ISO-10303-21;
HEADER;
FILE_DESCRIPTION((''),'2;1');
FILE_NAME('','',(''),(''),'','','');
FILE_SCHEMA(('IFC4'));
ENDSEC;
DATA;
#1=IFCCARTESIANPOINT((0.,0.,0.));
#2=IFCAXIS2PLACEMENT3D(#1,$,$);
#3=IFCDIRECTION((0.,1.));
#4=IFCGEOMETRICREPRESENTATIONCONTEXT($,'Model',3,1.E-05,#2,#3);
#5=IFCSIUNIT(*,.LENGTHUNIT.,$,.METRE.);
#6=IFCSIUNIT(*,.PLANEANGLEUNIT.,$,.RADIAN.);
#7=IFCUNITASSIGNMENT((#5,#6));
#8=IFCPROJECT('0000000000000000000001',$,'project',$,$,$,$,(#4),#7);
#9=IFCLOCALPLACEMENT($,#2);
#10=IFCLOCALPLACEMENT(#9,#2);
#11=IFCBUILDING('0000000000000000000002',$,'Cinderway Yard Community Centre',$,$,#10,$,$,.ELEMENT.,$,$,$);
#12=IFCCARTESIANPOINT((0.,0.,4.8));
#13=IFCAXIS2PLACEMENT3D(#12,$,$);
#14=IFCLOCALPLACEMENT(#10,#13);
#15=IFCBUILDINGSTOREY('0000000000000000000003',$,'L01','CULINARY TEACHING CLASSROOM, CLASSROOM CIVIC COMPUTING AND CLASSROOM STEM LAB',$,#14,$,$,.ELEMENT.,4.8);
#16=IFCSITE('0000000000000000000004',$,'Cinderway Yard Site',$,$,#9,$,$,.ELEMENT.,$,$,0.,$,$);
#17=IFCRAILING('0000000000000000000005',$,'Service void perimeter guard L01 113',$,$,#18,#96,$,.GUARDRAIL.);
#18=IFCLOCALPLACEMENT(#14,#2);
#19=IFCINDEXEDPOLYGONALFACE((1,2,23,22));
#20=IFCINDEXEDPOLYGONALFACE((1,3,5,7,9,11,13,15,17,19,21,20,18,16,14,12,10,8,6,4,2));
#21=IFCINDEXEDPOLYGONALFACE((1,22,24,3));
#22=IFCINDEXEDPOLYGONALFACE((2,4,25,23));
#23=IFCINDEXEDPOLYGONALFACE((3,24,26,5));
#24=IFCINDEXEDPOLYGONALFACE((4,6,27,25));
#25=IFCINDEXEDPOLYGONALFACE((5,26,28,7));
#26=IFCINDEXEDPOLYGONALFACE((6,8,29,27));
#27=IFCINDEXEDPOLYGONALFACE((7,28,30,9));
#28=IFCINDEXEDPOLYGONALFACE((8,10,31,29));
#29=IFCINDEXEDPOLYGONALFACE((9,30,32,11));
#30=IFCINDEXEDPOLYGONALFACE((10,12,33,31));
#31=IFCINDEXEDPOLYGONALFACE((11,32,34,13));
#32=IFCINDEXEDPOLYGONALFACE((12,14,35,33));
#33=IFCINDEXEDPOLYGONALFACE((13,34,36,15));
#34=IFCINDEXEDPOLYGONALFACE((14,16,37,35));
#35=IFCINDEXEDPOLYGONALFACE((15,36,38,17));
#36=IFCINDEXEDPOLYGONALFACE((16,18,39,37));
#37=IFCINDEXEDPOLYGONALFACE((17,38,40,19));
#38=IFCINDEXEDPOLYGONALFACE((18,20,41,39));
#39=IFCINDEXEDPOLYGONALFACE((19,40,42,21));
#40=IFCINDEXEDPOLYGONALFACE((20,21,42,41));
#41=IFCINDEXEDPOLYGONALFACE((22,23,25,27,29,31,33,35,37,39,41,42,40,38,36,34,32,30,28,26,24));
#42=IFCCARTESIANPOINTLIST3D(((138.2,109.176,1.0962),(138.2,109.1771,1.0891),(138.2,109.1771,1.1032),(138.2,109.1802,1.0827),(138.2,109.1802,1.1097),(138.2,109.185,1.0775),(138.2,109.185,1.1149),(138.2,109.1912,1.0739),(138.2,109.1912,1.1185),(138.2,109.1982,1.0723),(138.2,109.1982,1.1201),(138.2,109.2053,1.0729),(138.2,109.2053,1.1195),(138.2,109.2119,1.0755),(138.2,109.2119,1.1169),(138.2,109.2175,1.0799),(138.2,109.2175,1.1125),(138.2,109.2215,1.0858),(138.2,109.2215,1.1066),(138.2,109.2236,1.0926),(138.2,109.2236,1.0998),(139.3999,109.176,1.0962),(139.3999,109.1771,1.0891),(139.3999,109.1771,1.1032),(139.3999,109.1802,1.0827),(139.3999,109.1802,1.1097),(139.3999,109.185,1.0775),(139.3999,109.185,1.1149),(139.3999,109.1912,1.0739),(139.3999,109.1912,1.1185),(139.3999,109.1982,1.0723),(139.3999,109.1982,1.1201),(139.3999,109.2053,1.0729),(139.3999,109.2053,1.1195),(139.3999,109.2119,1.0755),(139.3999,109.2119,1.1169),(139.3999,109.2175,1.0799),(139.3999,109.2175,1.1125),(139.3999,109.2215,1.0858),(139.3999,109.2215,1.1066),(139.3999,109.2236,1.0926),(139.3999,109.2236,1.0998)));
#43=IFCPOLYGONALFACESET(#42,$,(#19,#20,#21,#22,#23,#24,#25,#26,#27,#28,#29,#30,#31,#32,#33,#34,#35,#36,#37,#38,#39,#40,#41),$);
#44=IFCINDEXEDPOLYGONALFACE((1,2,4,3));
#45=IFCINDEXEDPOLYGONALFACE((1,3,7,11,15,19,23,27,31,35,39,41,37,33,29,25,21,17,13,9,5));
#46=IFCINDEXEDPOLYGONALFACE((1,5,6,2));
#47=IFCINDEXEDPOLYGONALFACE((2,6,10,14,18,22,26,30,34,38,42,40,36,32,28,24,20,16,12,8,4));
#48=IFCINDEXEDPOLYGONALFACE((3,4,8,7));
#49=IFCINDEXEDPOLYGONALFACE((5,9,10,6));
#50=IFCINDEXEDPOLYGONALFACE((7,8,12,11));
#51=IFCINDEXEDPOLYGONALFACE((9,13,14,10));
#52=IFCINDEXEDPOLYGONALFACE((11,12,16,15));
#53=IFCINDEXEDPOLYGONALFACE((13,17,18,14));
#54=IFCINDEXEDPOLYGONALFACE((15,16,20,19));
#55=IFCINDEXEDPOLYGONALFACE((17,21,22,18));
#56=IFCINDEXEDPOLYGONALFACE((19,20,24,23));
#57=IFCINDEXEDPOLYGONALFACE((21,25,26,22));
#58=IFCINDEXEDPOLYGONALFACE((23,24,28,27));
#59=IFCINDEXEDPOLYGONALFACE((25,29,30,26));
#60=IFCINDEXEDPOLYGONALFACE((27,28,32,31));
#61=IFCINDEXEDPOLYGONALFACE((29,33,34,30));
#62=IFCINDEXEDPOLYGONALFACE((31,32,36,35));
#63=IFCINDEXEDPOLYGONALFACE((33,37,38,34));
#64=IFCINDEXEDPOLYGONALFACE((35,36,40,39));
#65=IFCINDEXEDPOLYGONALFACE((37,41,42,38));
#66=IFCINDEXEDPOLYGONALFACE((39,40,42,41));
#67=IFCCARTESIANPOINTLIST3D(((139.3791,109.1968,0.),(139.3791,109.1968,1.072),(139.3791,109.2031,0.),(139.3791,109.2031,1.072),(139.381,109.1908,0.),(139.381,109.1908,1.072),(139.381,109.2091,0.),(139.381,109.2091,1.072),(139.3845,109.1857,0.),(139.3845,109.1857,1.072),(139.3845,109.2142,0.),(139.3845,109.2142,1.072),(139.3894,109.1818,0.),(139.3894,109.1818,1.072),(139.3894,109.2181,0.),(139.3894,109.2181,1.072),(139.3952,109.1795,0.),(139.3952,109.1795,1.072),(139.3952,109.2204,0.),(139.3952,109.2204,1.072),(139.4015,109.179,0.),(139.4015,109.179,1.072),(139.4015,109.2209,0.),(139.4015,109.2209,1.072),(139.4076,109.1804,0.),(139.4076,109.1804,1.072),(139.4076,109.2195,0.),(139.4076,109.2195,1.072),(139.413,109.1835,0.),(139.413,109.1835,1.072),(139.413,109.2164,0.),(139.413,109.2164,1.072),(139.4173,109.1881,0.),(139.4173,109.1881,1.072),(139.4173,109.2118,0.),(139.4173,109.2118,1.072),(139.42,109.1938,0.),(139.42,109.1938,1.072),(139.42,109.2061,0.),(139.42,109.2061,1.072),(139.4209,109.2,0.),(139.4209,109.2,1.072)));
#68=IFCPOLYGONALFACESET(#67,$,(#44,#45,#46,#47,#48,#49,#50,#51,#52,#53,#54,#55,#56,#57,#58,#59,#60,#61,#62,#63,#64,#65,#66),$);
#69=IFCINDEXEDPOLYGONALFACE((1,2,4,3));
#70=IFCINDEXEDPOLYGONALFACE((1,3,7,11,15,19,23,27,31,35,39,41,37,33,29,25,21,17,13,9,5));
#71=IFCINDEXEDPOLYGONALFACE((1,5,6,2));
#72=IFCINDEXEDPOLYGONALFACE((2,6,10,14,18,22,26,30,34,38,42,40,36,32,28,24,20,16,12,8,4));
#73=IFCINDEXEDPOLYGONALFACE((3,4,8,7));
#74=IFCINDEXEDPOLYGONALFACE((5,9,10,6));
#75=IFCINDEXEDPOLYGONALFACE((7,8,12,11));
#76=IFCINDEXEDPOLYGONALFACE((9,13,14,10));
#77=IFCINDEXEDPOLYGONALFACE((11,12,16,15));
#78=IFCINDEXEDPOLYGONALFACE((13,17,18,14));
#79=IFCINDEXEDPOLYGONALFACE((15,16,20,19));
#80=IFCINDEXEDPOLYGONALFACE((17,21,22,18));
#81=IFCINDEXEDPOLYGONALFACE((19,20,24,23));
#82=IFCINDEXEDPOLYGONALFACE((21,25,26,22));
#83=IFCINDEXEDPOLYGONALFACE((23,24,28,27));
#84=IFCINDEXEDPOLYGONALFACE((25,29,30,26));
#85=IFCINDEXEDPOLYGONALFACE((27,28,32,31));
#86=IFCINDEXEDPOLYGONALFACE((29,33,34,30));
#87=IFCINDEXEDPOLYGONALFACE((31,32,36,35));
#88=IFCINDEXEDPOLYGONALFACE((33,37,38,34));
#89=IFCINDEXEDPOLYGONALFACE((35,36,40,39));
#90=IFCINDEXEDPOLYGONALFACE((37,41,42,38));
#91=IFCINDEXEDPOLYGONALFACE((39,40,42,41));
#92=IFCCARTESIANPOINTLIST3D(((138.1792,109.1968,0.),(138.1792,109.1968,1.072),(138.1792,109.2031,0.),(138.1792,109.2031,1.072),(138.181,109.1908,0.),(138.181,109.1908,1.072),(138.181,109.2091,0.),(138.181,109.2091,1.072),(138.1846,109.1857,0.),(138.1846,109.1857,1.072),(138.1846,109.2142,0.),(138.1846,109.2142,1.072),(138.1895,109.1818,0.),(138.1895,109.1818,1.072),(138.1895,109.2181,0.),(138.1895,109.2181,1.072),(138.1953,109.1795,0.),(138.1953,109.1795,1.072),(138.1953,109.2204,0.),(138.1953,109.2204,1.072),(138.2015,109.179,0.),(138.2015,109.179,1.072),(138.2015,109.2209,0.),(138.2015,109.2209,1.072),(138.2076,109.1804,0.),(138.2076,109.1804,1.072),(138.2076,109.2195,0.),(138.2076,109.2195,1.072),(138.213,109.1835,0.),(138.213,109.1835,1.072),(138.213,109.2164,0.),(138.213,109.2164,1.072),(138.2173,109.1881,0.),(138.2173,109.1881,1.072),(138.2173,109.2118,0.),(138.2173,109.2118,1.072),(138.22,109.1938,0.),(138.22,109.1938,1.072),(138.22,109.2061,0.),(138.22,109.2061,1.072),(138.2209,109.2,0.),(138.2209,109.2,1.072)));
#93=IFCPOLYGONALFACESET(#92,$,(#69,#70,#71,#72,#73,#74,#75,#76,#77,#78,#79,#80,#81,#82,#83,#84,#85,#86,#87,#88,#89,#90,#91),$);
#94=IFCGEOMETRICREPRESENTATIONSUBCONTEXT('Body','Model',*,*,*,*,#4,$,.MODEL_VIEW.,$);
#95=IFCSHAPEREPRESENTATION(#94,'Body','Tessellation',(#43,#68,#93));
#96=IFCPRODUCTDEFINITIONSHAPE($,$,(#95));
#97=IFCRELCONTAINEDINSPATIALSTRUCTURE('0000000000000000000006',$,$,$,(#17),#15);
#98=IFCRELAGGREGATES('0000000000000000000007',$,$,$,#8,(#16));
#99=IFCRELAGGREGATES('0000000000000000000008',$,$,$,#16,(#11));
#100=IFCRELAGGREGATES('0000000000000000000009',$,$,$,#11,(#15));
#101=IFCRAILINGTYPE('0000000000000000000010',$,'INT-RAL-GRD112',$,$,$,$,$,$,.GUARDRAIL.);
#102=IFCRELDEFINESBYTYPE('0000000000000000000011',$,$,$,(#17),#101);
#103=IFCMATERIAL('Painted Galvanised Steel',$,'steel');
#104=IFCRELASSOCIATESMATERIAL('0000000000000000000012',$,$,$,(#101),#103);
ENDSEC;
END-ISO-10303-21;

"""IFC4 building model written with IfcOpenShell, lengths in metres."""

from ifc_helpers import new_model, si_unit, direction, frame, origin, origin_2d, place, context, subcontext, project, spatial, circle, extrude, material, type_object, element, save


model = new_model("IFC4")

# Units and contexts
model_context = context("Model", 3, precision=1e-05, world=origin(), true_north=direction((0.0, 1.0)))
body_context = subcontext(model_context, "Body", "Model", "MODEL_VIEW")
ifc_project = project(units=[si_unit("LENGTHUNIT", "METRE"), si_unit("PLANEANGLEUNIT", "RADIAN")], contexts=[model_context])

# Site, building, storey
site_placement = place(None, origin())
site = spatial("IfcSite", under=ifc_project, at=site_placement, Name="Cinderway Yard Site", CompositionType="ELEMENT", RefElevation=0.0)
building_placement = place(site_placement, origin())
building = spatial("IfcBuilding", under=site, at=building_placement, Name="Cinderway Yard Community Centre", CompositionType="ELEMENT")
storey_placement = place(building_placement, frame((0.0, 0.0, 4.8)))
storey = spatial("IfcBuildingStorey", under=building, at=storey_placement, Name="L01", Description="CULINARY TEACHING CLASSROOM, CLASSROOM CIVIC COMPUTING AND CLASSROOM STEM LAB", CompositionType="ELEMENT", Elevation=4.8)

# Railing
ifc_material_1 = material(Name="Painted Galvanised Steel", Category="steel")
railing_type = type_object("IfcRailingType", Name="INT-RAL-GRD112", PredefinedType="GUARDRAIL", material=ifc_material_1)
railing_1_placement = place(storey_placement, frame((139.3999, 109.2, 0.0)))
element("IfcRailing", 1, at=railing_1_placement, inside=storey, type_object=railing_type, Name="Service void perimeter guard L01 113", PredefinedType="GUARDRAIL", context=body_context, shape_type="SweptSolid", body=[
    extrude(circle(Radius=0.0239, at=origin_2d()), frame((0.0, 0.0, 1.0962), z_axis=(-1.0, 0.0, 0.0), x_axis=(0.0, -1.0, 0.0)), (0.0, 0.0, 1.0), 1.2),
    extrude(circle(Radius=0.021, at=origin_2d()), origin(), (0.0, 0.0, 1.0), 1.072),
    extrude(circle(Radius=0.021, at=origin_2d()), frame((-1.2, 0.0, 0.0)), (0.0, 0.0, 1.0), 1.072),
])

save(model, "model.ifc")
